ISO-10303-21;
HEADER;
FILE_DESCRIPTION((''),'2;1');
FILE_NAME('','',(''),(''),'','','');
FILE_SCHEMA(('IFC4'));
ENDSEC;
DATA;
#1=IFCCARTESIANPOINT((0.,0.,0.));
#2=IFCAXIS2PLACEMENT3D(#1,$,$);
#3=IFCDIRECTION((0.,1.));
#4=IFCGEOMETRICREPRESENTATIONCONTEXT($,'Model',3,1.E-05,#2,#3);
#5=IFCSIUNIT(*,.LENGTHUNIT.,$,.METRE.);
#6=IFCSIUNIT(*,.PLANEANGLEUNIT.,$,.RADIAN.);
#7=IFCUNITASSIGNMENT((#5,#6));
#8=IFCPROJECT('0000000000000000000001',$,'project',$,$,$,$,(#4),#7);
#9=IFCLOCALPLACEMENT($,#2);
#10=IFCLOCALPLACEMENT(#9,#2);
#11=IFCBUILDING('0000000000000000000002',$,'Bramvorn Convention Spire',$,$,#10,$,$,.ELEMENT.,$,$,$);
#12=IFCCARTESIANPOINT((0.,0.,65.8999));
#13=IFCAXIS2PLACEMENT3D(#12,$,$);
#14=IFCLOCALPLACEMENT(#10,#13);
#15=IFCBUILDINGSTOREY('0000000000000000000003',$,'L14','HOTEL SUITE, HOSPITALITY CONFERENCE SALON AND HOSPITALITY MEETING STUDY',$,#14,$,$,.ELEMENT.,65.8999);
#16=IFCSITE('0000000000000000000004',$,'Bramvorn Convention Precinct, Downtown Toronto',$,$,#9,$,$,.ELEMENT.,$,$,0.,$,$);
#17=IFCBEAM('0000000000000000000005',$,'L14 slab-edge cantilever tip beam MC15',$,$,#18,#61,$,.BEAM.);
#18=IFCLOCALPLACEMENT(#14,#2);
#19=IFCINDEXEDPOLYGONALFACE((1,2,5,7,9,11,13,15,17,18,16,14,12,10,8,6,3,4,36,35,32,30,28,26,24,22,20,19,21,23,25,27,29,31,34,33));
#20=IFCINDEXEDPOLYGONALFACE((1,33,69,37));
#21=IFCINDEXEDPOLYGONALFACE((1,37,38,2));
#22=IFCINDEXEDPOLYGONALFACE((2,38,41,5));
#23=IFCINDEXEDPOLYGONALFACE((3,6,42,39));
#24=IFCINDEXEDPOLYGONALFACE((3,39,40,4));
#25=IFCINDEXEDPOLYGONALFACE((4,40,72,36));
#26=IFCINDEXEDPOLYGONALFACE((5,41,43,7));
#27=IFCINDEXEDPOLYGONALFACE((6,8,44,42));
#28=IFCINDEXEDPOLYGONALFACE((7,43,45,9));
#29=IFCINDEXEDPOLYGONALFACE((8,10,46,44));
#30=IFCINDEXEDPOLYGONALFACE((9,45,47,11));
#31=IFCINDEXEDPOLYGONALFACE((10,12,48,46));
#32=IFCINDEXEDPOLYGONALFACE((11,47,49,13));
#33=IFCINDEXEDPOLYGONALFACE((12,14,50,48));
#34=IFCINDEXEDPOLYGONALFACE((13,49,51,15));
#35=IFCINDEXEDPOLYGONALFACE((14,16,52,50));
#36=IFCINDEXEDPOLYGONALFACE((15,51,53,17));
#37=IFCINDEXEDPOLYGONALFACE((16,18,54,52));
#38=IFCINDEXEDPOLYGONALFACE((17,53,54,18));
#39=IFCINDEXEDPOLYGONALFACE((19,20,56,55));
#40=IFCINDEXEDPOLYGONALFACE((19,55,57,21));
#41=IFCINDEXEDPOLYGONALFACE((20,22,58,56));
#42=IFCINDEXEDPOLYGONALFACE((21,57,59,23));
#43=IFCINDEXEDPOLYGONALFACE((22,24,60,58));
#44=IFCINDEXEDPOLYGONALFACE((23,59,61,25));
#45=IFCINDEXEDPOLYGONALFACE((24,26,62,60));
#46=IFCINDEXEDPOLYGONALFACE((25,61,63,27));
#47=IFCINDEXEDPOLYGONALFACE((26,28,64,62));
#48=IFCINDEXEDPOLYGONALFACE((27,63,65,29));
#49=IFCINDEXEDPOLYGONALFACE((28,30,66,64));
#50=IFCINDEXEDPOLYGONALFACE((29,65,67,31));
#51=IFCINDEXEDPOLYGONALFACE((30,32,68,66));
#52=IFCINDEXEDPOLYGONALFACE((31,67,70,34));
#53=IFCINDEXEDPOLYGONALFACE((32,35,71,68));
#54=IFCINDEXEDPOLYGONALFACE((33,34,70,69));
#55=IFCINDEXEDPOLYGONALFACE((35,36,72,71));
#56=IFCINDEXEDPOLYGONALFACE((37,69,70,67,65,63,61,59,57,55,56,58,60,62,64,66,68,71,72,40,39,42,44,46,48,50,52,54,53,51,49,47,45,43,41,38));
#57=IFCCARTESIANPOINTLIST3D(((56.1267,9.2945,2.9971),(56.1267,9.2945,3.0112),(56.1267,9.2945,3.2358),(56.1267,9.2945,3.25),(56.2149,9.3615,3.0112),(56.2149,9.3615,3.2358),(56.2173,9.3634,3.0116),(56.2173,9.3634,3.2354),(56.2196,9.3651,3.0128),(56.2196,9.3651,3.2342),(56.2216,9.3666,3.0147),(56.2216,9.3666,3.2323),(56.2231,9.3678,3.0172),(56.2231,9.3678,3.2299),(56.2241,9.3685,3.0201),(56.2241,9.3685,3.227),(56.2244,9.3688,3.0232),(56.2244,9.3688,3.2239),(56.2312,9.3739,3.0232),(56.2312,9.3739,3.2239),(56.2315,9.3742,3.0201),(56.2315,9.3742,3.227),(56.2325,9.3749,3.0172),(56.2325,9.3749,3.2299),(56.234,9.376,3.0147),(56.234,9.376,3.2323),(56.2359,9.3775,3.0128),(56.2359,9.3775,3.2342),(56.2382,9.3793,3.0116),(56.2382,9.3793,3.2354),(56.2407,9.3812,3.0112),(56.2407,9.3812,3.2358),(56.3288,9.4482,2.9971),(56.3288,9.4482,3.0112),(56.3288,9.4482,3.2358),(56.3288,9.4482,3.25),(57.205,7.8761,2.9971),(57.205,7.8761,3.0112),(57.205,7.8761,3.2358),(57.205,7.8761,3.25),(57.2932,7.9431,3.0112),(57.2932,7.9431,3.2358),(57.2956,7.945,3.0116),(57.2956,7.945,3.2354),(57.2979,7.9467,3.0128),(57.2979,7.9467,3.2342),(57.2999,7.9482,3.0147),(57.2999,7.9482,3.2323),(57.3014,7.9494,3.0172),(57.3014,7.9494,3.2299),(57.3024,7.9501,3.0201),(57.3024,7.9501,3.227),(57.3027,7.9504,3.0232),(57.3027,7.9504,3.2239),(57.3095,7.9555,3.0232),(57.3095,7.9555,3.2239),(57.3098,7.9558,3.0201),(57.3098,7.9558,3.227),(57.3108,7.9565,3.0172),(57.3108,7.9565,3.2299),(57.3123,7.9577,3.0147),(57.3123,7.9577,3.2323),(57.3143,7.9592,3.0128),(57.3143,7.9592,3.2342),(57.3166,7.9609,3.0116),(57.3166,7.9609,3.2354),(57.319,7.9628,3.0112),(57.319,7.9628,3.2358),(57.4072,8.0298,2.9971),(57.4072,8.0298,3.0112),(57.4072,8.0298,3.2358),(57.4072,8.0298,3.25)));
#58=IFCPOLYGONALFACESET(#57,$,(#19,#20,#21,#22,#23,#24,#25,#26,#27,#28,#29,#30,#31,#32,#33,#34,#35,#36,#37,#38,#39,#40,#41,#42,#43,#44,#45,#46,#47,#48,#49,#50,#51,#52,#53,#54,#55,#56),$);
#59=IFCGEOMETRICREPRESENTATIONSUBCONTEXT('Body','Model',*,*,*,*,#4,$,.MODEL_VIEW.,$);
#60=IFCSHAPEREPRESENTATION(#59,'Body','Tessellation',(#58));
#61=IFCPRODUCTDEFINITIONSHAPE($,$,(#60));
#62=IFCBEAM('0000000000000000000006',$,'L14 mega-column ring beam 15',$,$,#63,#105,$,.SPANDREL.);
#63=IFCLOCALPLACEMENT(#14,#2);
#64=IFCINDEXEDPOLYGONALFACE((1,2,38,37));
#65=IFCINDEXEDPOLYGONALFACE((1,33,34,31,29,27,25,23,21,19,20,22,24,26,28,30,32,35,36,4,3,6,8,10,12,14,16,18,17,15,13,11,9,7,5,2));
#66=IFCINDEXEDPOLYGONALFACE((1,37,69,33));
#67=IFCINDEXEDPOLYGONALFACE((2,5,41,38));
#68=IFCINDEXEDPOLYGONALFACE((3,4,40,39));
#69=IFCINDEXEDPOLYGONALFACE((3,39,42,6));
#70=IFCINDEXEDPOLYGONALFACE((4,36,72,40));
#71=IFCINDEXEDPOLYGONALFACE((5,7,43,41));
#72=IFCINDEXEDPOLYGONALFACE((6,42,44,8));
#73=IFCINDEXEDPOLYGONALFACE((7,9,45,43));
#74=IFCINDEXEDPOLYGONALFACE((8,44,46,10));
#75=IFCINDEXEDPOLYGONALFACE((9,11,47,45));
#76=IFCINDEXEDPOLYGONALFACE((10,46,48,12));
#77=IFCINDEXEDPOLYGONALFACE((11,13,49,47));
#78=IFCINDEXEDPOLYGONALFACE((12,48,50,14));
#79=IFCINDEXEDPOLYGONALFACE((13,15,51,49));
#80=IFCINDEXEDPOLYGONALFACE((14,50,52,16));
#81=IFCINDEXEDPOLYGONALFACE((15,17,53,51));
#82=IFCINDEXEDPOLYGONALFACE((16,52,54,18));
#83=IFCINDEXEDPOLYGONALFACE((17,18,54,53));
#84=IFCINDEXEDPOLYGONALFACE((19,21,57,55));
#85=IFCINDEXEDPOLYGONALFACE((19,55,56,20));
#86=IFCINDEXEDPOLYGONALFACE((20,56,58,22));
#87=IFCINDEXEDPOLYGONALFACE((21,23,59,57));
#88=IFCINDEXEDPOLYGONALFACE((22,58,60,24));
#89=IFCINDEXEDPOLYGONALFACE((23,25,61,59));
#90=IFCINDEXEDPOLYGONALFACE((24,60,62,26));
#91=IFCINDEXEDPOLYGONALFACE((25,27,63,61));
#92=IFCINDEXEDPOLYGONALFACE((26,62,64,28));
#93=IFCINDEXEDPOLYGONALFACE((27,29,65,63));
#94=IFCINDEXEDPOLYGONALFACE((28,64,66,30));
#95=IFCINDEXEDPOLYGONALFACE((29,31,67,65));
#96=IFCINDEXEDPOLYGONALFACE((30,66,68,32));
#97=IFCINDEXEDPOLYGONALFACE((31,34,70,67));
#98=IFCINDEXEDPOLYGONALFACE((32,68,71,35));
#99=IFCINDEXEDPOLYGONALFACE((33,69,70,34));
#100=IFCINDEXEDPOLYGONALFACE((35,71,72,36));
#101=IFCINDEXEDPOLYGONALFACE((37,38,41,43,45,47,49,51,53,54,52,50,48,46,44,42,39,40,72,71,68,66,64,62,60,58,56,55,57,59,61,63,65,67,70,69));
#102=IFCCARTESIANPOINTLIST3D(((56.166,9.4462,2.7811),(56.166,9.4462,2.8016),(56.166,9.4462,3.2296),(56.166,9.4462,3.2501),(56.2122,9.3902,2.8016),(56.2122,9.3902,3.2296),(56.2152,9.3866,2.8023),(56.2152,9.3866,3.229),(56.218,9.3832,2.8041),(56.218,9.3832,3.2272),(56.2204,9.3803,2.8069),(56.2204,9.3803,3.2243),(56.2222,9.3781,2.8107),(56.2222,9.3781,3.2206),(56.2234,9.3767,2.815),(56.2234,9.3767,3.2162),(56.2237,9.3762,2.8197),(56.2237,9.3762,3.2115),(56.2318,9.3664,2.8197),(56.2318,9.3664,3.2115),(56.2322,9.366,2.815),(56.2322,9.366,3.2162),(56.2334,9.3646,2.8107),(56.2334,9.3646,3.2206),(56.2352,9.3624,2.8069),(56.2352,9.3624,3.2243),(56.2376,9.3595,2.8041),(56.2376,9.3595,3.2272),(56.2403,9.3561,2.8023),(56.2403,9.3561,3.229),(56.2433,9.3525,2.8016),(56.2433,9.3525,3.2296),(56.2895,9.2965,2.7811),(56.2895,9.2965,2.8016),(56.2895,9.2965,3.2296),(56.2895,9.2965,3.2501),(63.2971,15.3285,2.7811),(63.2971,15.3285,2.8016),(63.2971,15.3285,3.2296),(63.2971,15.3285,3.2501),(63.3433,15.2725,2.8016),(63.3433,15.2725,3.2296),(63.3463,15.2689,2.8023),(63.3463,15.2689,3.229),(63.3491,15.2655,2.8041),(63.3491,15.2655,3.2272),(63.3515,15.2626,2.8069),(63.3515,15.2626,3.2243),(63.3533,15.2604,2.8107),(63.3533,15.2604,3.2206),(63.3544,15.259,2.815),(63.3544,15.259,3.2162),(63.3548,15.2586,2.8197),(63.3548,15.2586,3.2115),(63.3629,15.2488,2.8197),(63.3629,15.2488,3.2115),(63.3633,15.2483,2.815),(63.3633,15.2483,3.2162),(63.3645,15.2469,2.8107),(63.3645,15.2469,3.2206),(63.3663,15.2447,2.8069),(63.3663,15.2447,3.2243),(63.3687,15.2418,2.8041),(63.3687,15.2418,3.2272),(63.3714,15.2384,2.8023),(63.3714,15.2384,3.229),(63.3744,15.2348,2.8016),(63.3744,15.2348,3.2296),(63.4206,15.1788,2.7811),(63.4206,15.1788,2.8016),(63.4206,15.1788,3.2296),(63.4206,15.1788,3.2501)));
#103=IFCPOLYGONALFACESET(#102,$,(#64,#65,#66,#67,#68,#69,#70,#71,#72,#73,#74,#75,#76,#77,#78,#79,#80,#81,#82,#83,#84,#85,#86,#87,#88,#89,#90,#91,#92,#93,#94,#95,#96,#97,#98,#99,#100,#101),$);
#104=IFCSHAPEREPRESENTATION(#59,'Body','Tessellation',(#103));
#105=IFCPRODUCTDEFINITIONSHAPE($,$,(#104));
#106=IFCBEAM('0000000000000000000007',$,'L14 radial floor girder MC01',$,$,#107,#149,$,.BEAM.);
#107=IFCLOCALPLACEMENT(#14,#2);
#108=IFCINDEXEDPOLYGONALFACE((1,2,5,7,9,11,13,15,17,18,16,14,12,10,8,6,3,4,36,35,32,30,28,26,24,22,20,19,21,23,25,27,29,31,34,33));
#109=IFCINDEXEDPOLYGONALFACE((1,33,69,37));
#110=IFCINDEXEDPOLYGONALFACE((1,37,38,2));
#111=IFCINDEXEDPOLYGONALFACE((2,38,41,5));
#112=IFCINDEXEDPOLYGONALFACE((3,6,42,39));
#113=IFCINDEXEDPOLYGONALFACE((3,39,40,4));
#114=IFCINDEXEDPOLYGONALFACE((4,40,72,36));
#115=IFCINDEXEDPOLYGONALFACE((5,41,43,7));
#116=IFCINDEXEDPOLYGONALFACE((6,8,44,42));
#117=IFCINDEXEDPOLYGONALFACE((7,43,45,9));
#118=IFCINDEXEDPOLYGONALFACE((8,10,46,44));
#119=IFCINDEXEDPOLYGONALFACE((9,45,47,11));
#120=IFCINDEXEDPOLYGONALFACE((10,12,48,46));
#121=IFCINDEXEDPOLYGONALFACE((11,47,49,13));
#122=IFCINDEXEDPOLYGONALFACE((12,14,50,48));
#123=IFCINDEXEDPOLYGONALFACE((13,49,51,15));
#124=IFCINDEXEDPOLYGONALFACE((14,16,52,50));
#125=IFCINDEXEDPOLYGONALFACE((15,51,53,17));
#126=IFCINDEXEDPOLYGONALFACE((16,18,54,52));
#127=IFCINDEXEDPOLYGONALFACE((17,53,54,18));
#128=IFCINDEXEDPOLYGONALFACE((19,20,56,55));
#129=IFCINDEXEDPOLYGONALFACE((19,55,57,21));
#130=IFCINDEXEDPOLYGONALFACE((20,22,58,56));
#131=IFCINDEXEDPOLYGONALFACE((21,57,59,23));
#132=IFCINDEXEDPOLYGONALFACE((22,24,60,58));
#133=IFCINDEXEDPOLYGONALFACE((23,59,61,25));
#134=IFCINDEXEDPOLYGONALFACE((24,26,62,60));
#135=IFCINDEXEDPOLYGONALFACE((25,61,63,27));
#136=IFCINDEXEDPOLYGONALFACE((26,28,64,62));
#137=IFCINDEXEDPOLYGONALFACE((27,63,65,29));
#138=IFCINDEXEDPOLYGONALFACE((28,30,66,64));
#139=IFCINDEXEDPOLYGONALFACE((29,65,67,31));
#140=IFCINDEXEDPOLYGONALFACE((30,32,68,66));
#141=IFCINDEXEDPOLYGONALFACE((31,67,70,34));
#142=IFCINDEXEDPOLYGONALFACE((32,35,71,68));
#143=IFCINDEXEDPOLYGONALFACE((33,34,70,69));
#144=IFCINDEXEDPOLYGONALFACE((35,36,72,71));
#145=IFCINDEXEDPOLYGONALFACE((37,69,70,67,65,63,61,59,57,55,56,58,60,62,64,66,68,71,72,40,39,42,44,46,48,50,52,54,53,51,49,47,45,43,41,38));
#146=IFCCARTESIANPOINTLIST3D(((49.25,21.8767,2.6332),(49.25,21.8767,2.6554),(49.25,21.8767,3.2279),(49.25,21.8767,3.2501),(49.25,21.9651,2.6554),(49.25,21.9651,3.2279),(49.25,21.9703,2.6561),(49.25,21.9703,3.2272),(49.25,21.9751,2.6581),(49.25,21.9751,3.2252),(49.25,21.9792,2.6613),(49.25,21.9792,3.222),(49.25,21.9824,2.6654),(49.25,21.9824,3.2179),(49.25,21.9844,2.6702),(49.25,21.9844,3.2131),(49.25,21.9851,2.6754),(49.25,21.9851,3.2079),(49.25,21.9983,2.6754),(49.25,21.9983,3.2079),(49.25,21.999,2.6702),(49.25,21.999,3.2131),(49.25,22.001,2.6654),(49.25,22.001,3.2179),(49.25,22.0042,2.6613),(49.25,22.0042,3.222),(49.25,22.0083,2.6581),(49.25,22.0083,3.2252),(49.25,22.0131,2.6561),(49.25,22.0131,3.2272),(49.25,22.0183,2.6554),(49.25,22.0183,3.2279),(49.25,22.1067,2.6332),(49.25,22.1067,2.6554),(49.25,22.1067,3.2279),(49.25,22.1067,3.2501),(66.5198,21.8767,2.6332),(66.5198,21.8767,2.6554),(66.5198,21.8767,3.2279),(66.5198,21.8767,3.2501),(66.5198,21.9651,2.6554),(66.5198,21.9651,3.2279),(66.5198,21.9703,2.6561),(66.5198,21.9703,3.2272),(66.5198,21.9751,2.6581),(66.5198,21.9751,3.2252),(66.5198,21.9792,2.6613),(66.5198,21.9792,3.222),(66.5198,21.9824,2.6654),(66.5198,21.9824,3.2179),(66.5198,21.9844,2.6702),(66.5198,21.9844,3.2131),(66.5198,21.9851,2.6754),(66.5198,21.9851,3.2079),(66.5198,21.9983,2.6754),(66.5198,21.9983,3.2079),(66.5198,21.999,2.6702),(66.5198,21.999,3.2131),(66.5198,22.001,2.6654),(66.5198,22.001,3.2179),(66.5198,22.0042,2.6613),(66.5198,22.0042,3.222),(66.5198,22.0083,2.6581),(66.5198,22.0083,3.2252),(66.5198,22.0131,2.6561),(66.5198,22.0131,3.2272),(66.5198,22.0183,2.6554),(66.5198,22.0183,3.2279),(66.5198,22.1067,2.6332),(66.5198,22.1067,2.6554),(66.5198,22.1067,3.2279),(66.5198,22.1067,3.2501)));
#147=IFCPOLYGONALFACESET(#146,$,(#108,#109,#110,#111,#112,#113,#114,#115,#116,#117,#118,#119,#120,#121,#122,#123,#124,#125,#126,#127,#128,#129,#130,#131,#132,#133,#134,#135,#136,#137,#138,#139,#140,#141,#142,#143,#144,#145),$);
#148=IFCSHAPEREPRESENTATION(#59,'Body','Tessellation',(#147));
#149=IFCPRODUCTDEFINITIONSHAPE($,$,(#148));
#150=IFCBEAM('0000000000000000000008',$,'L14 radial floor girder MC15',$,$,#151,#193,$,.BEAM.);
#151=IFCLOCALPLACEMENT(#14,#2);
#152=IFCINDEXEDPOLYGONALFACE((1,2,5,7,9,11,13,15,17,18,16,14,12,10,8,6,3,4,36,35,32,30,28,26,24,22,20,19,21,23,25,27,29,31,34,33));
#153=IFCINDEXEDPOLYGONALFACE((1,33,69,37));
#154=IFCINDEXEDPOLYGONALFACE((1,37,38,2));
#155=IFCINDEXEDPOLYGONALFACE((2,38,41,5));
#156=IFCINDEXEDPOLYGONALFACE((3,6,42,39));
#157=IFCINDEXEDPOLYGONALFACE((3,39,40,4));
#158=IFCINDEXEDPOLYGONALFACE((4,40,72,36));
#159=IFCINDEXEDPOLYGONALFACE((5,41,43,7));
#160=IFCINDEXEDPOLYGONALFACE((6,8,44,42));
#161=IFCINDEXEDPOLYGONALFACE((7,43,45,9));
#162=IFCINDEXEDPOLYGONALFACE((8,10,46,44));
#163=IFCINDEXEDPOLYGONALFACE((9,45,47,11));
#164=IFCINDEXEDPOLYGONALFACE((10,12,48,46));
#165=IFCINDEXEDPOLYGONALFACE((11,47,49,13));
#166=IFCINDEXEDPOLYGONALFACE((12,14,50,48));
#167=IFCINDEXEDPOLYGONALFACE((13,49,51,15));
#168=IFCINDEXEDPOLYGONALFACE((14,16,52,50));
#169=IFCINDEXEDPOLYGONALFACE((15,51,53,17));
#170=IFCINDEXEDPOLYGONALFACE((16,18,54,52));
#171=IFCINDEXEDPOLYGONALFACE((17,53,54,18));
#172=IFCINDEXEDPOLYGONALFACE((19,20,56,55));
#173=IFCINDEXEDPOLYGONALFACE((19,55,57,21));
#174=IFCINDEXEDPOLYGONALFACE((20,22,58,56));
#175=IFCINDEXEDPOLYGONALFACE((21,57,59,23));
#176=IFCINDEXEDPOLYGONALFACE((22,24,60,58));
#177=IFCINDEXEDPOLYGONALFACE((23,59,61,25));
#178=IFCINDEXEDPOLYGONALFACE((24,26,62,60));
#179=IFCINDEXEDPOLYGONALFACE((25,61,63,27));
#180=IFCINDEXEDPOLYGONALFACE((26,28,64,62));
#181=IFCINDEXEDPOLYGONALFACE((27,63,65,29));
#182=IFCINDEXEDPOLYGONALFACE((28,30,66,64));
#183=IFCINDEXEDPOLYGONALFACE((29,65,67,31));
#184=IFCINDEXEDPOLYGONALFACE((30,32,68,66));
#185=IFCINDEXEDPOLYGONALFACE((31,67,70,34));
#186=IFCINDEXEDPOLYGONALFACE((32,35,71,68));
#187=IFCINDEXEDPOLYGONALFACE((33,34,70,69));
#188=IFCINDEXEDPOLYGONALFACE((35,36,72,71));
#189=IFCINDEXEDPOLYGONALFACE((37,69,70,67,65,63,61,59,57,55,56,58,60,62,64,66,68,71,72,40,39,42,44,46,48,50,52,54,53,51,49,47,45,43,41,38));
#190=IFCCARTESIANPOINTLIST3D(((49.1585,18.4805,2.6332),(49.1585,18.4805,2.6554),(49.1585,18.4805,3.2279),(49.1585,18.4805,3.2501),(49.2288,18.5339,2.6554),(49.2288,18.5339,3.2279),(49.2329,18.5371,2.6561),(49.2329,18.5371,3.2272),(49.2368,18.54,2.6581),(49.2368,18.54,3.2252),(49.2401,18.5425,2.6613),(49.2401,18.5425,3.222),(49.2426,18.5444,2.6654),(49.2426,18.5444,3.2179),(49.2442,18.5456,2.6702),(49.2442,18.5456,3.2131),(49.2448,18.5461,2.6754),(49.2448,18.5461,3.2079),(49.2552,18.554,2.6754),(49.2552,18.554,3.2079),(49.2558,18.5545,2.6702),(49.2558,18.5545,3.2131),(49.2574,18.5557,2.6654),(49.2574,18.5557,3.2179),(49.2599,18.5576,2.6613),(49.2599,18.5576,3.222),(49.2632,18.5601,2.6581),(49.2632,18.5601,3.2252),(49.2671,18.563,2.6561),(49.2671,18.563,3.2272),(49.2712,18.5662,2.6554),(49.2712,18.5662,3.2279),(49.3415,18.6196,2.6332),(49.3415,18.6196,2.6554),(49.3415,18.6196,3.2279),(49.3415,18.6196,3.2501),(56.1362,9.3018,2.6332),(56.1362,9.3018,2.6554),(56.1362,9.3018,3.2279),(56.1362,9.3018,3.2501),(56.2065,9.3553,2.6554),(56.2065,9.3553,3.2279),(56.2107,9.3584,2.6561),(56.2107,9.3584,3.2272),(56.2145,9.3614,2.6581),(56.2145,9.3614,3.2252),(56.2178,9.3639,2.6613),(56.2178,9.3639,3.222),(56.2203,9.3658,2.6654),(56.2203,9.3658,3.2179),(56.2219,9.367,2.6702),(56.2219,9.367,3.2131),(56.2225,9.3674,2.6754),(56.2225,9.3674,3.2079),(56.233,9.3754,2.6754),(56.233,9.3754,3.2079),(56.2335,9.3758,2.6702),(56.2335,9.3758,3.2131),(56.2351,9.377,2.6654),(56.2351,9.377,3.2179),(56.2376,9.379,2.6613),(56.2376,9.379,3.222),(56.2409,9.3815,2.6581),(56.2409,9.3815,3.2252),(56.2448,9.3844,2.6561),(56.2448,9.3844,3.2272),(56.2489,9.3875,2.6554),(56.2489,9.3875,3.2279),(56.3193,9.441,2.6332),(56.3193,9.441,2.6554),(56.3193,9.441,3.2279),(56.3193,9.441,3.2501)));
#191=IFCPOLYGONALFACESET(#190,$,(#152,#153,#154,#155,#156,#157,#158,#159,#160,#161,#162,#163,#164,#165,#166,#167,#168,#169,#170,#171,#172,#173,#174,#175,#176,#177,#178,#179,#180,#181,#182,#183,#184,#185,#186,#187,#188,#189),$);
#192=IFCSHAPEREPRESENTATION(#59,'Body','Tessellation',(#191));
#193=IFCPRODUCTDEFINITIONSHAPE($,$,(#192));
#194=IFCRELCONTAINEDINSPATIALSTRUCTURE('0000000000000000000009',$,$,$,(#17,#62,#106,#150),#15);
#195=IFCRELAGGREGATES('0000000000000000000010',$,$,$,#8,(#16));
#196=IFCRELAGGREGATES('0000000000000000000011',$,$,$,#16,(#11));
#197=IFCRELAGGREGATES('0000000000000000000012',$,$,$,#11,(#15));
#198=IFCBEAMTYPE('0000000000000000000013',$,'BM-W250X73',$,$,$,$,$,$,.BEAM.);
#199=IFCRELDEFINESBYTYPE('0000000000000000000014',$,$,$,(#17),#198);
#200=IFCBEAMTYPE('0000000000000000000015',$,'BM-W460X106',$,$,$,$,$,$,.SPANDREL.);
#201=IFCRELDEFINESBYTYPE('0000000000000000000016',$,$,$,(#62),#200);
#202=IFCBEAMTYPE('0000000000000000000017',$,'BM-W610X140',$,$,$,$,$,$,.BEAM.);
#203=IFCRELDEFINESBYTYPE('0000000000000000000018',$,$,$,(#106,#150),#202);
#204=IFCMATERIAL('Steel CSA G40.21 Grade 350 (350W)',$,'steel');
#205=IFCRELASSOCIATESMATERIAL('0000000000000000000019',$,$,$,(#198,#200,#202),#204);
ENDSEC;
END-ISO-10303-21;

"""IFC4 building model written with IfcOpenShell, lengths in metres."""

from ifc_helpers import new_model, si_unit, direction, frame, origin, origin_2d, place, context, subcontext, project, spatial, i_section, extrude, material, material_profile, profile_set, type_object, element, save


model = new_model("IFC4")

# Units and contexts
model_context = context("Model", 3, precision=1e-05, world=origin(), true_north=direction((0.0, 1.0)))
body_context = subcontext(model_context, "Body", "Model", "MODEL_VIEW")
ifc_project = project(units=[si_unit("LENGTHUNIT", "METRE"), si_unit("PLANEANGLEUNIT", "RADIAN")], contexts=[model_context])

# Site, building, storey
site_placement = place(None, origin())
site = spatial("IfcSite", under=ifc_project, at=site_placement, Name="Bramvorn Convention Precinct, Downtown Toronto", CompositionType="ELEMENT", RefElevation=0.0)
building_placement = place(site_placement, origin())
building = spatial("IfcBuilding", under=site, at=building_placement, Name="Bramvorn Convention Spire", CompositionType="ELEMENT")
storey_placement = place(building_placement, frame((0.0, 0.0, 65.8999)))
storey = spatial("IfcBuildingStorey", under=building, at=storey_placement, Name="L14", Description="HOTEL SUITE, HOSPITALITY CONFERENCE SALON AND HOSPITALITY MEETING STUDY", CompositionType="ELEMENT", Elevation=65.8999)

# Shared definitions
ifc_material_1 = material(Name="Steel CSA G40.21 Grade 350 (350W)", Category="steel")

# Beams
ifc_material_profile_1 = material_profile(ifc_material_1, i_section(OverallWidth=0.2539, OverallDepth=0.2529, WebThickness=0.0085, FlangeThickness=0.0142, FilletRadius=0.012, at=origin_2d()))
ifc_profile_set_1 = profile_set([ifc_material_profile_1], Name="Steel CSA G40.21 Grade 350 (350W) - W250X73")
beam_type_1 = type_object("IfcBeamType", Name="BM-W250X73", PredefinedType="BEAM", material=ifc_profile_set_1)
beam_1_placement = place(storey_placement, frame((56.2278, 9.3713, 3.1235), z_axis=(0.605205, -0.79607, 0.0), x_axis=(0.79607, 0.605205, 0.0)))
element("IfcBeam", 1, at=beam_1_placement, inside=storey, type_object=beam_type_1, Name="L14 slab-edge cantilever tip beam MC15", PredefinedType="BEAM", context=body_context, shape_type="SweptSolid", body=[
    extrude(i_section(OverallWidth=0.2539, OverallDepth=0.2529, WebThickness=0.0085, FlangeThickness=0.0142, FilletRadius=0.012, at=origin_2d()), origin(), (0.0, 0.0, 1.0), 1.7817),
])
ifc_material_profile_2 = material_profile(ifc_material_1, i_section(OverallWidth=0.1941, OverallDepth=0.469, WebThickness=0.0127, FlangeThickness=0.0205, FilletRadius=0.0181, at=origin_2d()))
ifc_profile_set_2 = profile_set([ifc_material_profile_2], Name="Steel CSA G40.21 Grade 350 (350W) - W460X106")
beam_type_2 = type_object("IfcBeamType", Name="BM-W460X106", PredefinedType="SPANDREL", material=ifc_profile_set_2)
beam_2_placement = place(storey_placement, frame((56.2278, 9.3713, 3.0156), z_axis=(0.771418, 0.636329, 0.0), x_axis=(-0.636329, 0.771418, 0.0)))
element("IfcBeam", 2, at=beam_2_placement, inside=storey, type_object=beam_type_2, Name="L14 mega-column ring beam 15", PredefinedType="SPANDREL", context=body_context, shape_type="SweptSolid", body=[
    extrude(i_section(OverallWidth=0.1941, OverallDepth=0.469, WebThickness=0.0127, FlangeThickness=0.0205, FilletRadius=0.0181, at=origin_2d()), origin(), (0.0, 0.0, 1.0), 9.2441),
])
ifc_material_profile_3 = material_profile(ifc_material_1, i_section(OverallWidth=0.23, OverallDepth=0.6169, WebThickness=0.0132, FlangeThickness=0.0222, FilletRadius=0.02, at=origin_2d()))
ifc_profile_set_3 = profile_set([ifc_material_profile_3], Name="Steel CSA G40.21 Grade 350 (350W) - W610X140")
beam_type_3 = type_object("IfcBeamType", Name="BM-W610X140", PredefinedType="BEAM", material=ifc_profile_set_3)
beam_3_placement = place(storey_placement, frame((49.25, 21.9917, 2.9417), z_axis=(1.0, 0.0, 0.0), x_axis=(0.0, 1.0, 0.0)))
element("IfcBeam", 3, at=beam_3_placement, inside=storey, type_object=beam_type_3, Name="L14 radial floor girder MC01", PredefinedType="BEAM", context=body_context, shape_type="SweptSolid", body=[
    extrude(i_section(OverallWidth=0.23, OverallDepth=0.6169, WebThickness=0.0132, FlangeThickness=0.0222, FilletRadius=0.02, at=origin_2d()), origin(), (0.0, 0.0, 1.0), 17.2698),
])
beam_4_placement = place(storey_placement, frame((49.25, 18.55, 2.9417), z_axis=(0.605191, -0.79608, 0.0), x_axis=(0.79608, 0.605191, 0.0)))
element("IfcBeam", 4, at=beam_4_placement, inside=storey, type_object=beam_type_3, Name="L14 radial floor girder MC15", PredefinedType="BEAM", context=body_context, shape_type="SweptSolid", body=[
    extrude(i_section(OverallWidth=0.23, OverallDepth=0.6169, WebThickness=0.0132, FlangeThickness=0.0222, FilletRadius=0.02, at=origin_2d()), origin(), (0.0, 0.0, 1.0), 11.5298),
])

save(model, "model.ifc")
